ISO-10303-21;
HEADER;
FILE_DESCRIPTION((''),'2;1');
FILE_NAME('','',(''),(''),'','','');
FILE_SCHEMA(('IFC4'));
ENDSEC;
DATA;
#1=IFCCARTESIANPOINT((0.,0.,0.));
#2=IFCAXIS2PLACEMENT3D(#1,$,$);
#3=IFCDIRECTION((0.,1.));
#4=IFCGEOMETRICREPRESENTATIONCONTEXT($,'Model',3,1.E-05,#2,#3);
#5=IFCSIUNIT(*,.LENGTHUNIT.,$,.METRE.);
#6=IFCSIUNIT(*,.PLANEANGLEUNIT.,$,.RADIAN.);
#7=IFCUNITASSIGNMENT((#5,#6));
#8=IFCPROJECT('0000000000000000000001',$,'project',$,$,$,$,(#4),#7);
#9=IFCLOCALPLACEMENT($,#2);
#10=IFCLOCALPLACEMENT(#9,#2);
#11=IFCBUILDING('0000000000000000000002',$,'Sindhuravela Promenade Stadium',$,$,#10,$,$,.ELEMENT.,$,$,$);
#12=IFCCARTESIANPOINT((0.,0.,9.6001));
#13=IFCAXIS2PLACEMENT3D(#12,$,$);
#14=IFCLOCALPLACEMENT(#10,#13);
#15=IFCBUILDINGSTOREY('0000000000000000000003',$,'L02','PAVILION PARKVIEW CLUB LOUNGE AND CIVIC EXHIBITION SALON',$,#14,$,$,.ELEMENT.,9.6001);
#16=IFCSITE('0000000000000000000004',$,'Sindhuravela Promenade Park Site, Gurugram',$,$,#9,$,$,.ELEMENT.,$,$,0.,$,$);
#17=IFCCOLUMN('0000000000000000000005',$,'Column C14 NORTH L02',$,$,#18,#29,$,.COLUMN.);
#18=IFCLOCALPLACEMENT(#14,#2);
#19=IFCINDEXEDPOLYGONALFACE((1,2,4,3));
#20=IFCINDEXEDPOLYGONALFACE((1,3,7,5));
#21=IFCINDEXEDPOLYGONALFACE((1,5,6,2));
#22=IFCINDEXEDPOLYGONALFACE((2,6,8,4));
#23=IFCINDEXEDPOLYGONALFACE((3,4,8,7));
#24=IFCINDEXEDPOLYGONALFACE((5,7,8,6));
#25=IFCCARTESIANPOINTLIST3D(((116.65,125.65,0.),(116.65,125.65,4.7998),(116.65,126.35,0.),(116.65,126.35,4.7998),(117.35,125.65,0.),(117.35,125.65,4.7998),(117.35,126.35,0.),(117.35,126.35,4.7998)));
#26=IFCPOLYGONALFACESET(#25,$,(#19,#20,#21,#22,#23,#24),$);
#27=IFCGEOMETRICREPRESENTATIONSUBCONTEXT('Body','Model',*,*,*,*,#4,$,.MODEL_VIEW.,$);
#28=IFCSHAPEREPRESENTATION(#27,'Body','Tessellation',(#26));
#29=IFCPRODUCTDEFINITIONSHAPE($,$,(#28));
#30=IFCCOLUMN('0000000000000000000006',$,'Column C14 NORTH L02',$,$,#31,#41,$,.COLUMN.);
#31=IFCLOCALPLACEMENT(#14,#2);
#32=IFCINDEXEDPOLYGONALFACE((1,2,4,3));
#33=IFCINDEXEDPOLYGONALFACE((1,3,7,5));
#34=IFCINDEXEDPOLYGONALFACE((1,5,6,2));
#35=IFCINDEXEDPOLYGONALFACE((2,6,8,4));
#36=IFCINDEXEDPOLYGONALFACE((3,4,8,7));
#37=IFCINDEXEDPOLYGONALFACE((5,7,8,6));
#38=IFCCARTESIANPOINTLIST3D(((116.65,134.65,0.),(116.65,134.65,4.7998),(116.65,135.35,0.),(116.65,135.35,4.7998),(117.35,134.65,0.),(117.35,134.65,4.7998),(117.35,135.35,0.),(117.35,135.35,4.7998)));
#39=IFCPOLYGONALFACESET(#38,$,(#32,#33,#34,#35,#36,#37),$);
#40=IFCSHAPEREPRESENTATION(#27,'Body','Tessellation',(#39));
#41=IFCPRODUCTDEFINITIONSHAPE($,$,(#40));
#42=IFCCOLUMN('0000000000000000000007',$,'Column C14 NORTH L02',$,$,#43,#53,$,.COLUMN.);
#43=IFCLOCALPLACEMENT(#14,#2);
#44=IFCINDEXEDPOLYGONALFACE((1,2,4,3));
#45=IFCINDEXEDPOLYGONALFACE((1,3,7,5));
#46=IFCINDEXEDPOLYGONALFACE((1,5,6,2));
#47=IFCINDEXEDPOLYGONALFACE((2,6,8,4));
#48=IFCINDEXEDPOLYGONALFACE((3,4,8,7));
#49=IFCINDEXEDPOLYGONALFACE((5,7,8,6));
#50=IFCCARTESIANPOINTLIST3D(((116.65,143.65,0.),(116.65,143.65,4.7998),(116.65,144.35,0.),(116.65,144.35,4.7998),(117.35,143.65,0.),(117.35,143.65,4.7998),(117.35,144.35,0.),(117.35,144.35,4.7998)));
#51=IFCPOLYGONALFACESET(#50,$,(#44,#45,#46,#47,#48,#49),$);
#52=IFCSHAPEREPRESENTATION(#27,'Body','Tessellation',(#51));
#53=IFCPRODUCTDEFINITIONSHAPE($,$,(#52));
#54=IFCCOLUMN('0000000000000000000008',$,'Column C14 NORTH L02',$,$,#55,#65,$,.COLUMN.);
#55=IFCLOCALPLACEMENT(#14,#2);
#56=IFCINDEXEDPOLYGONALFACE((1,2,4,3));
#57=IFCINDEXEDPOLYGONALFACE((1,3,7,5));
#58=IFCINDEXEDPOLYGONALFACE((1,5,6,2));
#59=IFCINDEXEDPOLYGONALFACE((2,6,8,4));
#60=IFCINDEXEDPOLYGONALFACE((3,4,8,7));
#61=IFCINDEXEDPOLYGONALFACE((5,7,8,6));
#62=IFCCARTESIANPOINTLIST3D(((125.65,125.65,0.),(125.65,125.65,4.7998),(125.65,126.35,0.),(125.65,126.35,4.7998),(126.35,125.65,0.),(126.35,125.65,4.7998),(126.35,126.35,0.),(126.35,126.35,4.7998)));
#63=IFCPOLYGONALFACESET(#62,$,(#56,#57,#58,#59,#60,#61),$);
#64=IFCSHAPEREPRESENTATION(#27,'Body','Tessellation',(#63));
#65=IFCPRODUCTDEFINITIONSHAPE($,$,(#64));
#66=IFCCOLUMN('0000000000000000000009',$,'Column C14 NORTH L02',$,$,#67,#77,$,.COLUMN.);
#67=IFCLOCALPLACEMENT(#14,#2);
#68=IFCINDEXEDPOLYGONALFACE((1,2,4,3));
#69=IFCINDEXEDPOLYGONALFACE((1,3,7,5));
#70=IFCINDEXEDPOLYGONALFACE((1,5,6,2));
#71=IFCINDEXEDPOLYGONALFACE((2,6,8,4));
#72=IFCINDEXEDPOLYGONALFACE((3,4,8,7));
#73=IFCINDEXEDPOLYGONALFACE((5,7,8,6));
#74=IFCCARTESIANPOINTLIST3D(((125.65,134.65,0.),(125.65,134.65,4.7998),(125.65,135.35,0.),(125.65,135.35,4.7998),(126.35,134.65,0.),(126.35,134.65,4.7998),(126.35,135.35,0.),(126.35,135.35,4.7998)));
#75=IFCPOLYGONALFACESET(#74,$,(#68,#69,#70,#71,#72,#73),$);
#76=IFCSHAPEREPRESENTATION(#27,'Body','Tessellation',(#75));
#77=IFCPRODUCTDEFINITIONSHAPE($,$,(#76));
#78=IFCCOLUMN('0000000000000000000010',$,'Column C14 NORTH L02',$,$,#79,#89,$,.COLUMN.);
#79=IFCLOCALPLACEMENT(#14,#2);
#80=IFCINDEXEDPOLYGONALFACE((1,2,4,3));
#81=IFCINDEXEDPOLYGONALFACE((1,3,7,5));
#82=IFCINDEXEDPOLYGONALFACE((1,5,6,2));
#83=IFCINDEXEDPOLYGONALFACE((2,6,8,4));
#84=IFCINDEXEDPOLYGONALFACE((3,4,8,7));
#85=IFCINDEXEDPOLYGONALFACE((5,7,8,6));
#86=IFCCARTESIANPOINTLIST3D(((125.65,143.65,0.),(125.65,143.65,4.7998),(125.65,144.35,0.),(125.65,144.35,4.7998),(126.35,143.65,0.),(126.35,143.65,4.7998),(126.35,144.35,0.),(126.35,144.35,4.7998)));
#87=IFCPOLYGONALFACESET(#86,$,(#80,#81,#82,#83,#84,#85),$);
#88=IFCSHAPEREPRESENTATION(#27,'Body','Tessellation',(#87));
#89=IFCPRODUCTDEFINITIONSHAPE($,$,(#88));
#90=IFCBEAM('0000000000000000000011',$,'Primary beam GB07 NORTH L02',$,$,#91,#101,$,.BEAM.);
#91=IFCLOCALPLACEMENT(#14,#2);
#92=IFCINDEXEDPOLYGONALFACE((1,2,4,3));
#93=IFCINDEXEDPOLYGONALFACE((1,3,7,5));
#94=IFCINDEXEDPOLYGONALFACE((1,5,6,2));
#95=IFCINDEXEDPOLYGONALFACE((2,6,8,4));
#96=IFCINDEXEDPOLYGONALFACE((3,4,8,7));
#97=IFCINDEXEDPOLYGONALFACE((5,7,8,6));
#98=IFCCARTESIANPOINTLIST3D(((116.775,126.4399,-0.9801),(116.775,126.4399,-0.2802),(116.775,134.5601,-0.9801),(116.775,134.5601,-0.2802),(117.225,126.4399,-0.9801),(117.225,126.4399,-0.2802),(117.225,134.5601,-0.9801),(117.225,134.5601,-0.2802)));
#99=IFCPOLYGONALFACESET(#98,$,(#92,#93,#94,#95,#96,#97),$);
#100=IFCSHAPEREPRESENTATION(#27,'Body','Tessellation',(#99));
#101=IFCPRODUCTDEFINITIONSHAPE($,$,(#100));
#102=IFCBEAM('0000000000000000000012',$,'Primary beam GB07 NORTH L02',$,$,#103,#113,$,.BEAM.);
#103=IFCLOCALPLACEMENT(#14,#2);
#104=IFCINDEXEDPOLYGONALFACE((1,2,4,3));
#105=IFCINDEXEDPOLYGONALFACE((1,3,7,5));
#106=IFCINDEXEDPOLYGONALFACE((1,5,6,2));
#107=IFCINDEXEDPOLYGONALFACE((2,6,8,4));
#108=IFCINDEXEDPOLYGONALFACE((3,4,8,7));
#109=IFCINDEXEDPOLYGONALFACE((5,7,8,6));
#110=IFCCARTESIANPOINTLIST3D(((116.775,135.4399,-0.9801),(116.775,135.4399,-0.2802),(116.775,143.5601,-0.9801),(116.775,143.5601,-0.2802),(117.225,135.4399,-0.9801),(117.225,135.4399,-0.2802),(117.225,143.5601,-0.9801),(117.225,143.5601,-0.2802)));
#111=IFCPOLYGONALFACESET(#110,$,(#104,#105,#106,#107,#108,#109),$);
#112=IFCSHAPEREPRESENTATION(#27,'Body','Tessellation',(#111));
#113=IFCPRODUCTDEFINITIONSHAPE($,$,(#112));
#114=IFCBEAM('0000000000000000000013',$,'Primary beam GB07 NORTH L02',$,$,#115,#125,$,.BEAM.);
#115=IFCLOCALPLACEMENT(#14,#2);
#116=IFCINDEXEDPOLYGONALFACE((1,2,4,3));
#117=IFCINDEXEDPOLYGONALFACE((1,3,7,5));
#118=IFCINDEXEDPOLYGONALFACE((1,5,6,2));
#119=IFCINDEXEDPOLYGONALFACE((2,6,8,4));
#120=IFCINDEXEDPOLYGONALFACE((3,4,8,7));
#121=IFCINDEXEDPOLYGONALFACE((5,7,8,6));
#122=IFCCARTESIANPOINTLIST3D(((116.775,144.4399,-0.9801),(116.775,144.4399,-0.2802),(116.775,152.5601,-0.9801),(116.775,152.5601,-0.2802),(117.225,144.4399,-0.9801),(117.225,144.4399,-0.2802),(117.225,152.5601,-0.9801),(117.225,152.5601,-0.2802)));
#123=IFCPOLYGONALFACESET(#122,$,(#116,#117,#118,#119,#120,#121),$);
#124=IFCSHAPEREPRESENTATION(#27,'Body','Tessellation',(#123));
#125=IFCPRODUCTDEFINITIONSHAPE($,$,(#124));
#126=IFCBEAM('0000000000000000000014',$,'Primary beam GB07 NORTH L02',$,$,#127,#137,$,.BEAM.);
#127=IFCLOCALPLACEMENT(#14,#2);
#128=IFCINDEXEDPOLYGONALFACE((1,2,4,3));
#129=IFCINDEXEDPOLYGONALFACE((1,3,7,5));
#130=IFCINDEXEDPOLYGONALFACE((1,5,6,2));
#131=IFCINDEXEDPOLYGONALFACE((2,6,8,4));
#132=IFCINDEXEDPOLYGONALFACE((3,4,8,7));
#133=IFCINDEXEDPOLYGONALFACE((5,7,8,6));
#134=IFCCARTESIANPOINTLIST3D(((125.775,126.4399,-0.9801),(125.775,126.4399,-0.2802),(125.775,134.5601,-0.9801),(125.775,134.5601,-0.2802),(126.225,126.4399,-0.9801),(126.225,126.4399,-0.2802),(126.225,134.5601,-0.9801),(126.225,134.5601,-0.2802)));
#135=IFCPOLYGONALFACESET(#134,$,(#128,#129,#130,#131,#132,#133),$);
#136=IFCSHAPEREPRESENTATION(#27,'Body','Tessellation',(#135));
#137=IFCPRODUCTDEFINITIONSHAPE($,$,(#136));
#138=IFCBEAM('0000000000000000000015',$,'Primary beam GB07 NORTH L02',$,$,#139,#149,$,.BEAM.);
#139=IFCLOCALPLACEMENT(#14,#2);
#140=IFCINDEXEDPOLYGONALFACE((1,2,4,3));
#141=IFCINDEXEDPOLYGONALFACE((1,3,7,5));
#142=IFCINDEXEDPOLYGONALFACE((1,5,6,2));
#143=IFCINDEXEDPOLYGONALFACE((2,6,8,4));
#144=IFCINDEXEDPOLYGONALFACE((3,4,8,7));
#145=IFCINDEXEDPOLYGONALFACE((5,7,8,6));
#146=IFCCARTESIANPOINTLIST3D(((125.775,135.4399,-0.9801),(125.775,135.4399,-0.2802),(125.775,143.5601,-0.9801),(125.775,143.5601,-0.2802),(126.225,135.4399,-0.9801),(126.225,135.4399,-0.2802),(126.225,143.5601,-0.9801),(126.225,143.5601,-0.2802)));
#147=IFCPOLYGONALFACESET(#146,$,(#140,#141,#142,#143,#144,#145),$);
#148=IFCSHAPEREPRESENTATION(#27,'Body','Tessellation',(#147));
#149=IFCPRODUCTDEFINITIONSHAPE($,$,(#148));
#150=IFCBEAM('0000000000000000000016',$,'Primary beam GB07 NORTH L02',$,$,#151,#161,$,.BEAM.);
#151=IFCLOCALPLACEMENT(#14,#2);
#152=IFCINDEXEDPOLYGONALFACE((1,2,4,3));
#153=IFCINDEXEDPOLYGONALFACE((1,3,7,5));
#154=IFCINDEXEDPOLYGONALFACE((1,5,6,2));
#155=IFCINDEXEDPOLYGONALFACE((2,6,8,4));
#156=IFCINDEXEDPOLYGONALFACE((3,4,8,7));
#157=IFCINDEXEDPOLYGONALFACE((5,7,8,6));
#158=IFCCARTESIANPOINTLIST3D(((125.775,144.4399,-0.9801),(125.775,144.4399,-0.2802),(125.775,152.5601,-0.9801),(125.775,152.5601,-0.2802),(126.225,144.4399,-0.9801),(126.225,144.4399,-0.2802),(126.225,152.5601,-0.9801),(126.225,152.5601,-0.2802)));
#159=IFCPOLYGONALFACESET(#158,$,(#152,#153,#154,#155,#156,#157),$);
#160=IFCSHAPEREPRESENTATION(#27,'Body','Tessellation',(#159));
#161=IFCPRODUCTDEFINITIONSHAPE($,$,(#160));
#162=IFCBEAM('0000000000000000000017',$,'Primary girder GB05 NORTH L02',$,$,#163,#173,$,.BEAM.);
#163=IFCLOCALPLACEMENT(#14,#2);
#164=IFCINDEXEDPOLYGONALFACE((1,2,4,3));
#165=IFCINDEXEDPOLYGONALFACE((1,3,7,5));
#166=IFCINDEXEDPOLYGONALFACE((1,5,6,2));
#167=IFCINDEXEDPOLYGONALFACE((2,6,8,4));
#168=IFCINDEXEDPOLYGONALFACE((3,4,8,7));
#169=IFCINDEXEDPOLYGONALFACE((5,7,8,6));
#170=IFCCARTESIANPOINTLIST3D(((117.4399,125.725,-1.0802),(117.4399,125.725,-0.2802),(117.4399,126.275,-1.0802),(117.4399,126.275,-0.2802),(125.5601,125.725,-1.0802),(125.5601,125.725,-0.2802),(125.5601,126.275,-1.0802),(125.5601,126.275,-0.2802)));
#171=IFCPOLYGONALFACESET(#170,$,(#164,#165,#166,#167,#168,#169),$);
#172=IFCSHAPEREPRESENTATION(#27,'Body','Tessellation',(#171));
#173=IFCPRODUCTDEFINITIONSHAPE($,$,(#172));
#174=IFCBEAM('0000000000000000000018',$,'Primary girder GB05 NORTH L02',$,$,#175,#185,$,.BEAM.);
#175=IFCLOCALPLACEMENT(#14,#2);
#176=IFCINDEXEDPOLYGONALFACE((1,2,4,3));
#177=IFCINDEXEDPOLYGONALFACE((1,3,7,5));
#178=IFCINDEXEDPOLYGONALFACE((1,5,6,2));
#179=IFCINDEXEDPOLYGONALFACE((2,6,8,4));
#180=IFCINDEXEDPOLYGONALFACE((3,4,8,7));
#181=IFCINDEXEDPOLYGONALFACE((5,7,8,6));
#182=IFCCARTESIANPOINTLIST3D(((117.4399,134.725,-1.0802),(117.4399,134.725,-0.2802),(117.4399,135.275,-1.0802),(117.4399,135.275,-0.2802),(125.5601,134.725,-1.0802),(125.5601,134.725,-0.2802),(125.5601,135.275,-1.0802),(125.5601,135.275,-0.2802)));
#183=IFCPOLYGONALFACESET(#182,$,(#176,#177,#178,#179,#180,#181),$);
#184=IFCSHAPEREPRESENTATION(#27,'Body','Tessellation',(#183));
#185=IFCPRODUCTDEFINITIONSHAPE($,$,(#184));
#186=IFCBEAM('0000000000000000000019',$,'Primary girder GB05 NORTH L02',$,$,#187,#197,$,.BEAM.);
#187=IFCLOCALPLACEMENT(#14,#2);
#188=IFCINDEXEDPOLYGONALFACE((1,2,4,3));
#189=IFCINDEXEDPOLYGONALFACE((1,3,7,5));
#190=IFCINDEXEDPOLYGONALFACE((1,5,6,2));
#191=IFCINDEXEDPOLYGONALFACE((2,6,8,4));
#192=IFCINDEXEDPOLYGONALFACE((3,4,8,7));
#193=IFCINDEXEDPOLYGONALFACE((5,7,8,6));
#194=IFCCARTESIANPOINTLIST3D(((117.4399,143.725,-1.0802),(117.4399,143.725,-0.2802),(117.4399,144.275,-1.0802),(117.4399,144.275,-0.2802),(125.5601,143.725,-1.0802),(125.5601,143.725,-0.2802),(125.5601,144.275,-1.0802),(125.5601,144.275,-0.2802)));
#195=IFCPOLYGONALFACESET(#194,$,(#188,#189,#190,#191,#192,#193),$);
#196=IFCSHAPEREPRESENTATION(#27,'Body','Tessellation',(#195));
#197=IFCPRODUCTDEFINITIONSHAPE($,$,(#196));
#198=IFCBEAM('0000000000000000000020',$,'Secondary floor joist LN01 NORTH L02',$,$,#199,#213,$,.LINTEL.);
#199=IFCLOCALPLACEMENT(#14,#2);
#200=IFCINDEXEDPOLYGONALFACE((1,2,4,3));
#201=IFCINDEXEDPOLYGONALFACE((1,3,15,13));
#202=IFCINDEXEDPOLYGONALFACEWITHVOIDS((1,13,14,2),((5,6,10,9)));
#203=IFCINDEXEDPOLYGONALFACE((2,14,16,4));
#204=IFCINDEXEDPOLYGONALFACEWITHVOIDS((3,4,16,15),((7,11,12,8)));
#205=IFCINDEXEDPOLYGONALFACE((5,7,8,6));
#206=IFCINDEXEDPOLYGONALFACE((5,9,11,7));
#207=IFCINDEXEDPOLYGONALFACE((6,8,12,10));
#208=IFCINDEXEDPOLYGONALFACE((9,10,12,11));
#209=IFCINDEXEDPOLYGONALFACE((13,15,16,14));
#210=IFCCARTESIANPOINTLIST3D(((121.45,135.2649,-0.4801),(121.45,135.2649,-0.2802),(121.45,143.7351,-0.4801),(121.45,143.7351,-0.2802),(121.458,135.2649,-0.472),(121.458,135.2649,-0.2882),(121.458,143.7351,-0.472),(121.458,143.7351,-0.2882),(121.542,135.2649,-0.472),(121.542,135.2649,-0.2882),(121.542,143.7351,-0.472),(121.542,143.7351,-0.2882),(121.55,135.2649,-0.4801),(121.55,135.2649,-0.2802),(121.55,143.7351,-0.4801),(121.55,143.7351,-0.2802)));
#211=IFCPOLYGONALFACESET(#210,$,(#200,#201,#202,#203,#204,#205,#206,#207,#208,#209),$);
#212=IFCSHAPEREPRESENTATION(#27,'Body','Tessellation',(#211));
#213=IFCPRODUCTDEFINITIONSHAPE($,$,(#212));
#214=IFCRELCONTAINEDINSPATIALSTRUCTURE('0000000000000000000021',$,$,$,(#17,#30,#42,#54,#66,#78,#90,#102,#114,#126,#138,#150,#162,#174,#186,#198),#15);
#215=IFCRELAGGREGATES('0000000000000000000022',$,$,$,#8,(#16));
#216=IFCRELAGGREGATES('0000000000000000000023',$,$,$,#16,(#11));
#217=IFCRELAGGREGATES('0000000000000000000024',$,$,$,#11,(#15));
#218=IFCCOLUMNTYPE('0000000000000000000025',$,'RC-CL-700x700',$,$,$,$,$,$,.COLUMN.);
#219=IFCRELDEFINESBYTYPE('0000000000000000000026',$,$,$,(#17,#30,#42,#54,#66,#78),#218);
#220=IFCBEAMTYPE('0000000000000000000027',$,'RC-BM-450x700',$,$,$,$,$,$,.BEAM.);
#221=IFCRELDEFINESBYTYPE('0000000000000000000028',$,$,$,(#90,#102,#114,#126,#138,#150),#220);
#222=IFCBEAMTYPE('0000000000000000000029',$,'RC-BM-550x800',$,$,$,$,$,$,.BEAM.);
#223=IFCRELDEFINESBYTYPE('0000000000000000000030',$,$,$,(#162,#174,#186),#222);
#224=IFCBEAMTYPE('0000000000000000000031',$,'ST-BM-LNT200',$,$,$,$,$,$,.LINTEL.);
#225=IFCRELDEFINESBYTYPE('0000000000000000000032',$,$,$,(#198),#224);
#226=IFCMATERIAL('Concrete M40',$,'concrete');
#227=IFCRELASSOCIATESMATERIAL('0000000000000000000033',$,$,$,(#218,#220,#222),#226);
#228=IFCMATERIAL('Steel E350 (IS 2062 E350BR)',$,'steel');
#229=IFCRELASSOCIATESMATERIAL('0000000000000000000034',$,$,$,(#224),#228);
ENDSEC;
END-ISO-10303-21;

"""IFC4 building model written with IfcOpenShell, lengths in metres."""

from ifc_helpers import new_model, si_unit, direction, frame, origin, origin_2d, place, context, subcontext, project, spatial, rectangle, hollow_rectangle, extrude, material, material_profile, profile_set, type_object, element, save


model = new_model("IFC4")

# Units and contexts
model_context = context("Model", 3, precision=1e-05, world=origin(), true_north=direction((0.0, 1.0)))
body_context = subcontext(model_context, "Body", "Model", "MODEL_VIEW")
ifc_project = project(units=[si_unit("LENGTHUNIT", "METRE"), si_unit("PLANEANGLEUNIT", "RADIAN")], contexts=[model_context])

# Site, building, storey
site_placement = place(None, origin())
site = spatial("IfcSite", under=ifc_project, at=site_placement, Name="Sindhuravela Promenade Park Site, Gurugram", CompositionType="ELEMENT", RefElevation=0.0)
building_placement = place(site_placement, origin())
building = spatial("IfcBuilding", under=site, at=building_placement, Name="Sindhuravela Promenade Stadium", CompositionType="ELEMENT")
storey_placement = place(building_placement, frame((0.0, 0.0, 9.6001)))
storey = spatial("IfcBuildingStorey", under=building, at=storey_placement, Name="L02", Description="PAVILION PARKVIEW CLUB LOUNGE AND CIVIC EXHIBITION SALON", CompositionType="ELEMENT", Elevation=9.6001)

# Columns
ifc_material_1 = material(Name="Concrete M40", Category="concrete")
ifc_material_profile_1 = material_profile(ifc_material_1, rectangle(XDim=0.7, YDim=0.7, at=origin_2d()), Name="RC 700x700")
ifc_profile_set_1 = profile_set([ifc_material_profile_1], Name="Concrete M40")
column_type = type_object("IfcColumnType", Name="RC-CL-700x700", PredefinedType="COLUMN", material=ifc_profile_set_1)
for number, where, z_axis, x_axis, name in (
    (1, (117.0, 126.0, 0.0), (0.0, 0.0, 1.0), (1.0, 0.0, 0.0), "Column C14 NORTH L02"),
    (2, (117.0, 135.0, 0.0), (0.0, 0.0, 1.0), (1.0, 0.0, 0.0), "Column C14 NORTH L02"),
    (3, (117.0, 144.0, 0.0), (0.0, 0.0, 1.0), (1.0, 0.0, 0.0), "Column C14 NORTH L02"),
    (4, (126.0, 126.0, 0.0), (0.0, 0.0, 1.0), (1.0, 0.0, 0.0), "Column C14 NORTH L02"),
    (5, (126.0, 135.0, 0.0), (0.0, 0.0, 1.0), (1.0, 0.0, 0.0), "Column C14 NORTH L02"),
    (6, (126.0, 144.0, 0.0), (0.0, 0.0, 1.0), (1.0, 0.0, 0.0), "Column C14 NORTH L02"),
):
    element("IfcColumn", number, at=place(storey_placement, frame(where, z_axis=z_axis, x_axis=x_axis)), inside=storey, type_object=column_type, Name=name, PredefinedType="COLUMN", context=body_context, shape_type="SweptSolid", body=[
        extrude(rectangle(XDim=0.7, YDim=0.7, at=origin_2d()), origin(), (0.0, 0.0, 1.0), 4.7998),
    ])

# Beams
ifc_material_profile_2 = material_profile(ifc_material_1, rectangle(XDim=0.45, YDim=0.7, at=origin_2d()), Name="RC 450x700")
ifc_profile_set_2 = profile_set([ifc_material_profile_2], Name="Concrete M40")
beam_type_1 = type_object("IfcBeamType", Name="RC-BM-450x700", PredefinedType="BEAM", material=ifc_profile_set_2)
for number, where, z_axis, x_axis, name in (
    (7, (117.0, 126.4399, -0.6301), (0.0, 1.0, 0.0), (-1.0, 0.0, 0.0), "Primary beam GB07 NORTH L02"),
    (8, (117.0, 135.4399, -0.6301), (0.0, 1.0, 0.0), (-1.0, 0.0, 0.0), "Primary beam GB07 NORTH L02"),
    (9, (117.0, 144.4399, -0.6301), (0.0, 1.0, 0.0), (-1.0, 0.0, 0.0), "Primary beam GB07 NORTH L02"),
    (10, (126.0, 126.4399, -0.6301), (0.0, 1.0, 0.0), (-1.0, 0.0, 0.0), "Primary beam GB07 NORTH L02"),
    (11, (126.0, 135.4399, -0.6301), (0.0, 1.0, 0.0), (-1.0, 0.0, 0.0), "Primary beam GB07 NORTH L02"),
    (12, (126.0, 144.4399, -0.6301), (0.0, 1.0, 0.0), (-1.0, 0.0, 0.0), "Primary beam GB07 NORTH L02"),
):
    element("IfcBeam", number, at=place(storey_placement, frame(where, z_axis=z_axis, x_axis=x_axis)), inside=storey, type_object=beam_type_1, Name=name, PredefinedType="BEAM", context=body_context, shape_type="SweptSolid", body=[
        extrude(rectangle(XDim=0.45, YDim=0.7, at=origin_2d()), origin(), (0.0, 0.0, 1.0), 8.1201),
    ])
ifc_material_profile_3 = material_profile(ifc_material_1, rectangle(XDim=0.55, YDim=0.8, at=origin_2d()), Name="RC 550x800")
ifc_profile_set_3 = profile_set([ifc_material_profile_3], Name="Concrete M40")
beam_type_2 = type_object("IfcBeamType", Name="RC-BM-550x800", PredefinedType="BEAM", material=ifc_profile_set_3)
for number, where, z_axis, x_axis, name in (
    (13, (117.4399, 126.0, -0.6802), (1.0, 0.0, 0.0), (0.0, 1.0, 0.0), "Primary girder GB05 NORTH L02"),
    (14, (117.4399, 135.0, -0.6802), (1.0, 0.0, 0.0), (0.0, 1.0, 0.0), "Primary girder GB05 NORTH L02"),
    (15, (117.4399, 144.0, -0.6802), (1.0, 0.0, 0.0), (0.0, 1.0, 0.0), "Primary girder GB05 NORTH L02"),
):
    element("IfcBeam", number, at=place(storey_placement, frame(where, z_axis=z_axis, x_axis=x_axis)), inside=storey, type_object=beam_type_2, Name=name, PredefinedType="BEAM", context=body_context, shape_type="SweptSolid", body=[
        extrude(rectangle(XDim=0.55, YDim=0.8, at=origin_2d()), origin(), (0.0, 0.0, 1.0), 8.1201),
    ])
ifc_material_2 = material(Name="Steel E350 (IS 2062 E350BR)", Category="steel")
ifc_material_profile_4 = material_profile(ifc_material_2, hollow_rectangle(XDim=0.1001, YDim=0.2, WallThickness=0.0081, at=origin_2d()), Name="RHS 200x100x8")
ifc_profile_set_4 = profile_set([ifc_material_profile_4], Name="Steel E350 (IS 2062 E350BR)")
beam_type_3 = type_object("IfcBeamType", Name="ST-BM-LNT200", PredefinedType="LINTEL", material=ifc_profile_set_4)
beam_1_placement = place(storey_placement, frame((121.5, 135.2649, -0.3801), z_axis=(0.0, 1.0, 0.0), x_axis=(-1.0, 0.0, 0.0)))
element("IfcBeam", 16, at=beam_1_placement, inside=storey, type_object=beam_type_3, Name="Secondary floor joist LN01 NORTH L02", PredefinedType="LINTEL", context=body_context, shape_type="SweptSolid", body=[
    extrude(hollow_rectangle(XDim=0.1001, YDim=0.2, WallThickness=0.0081, at=origin_2d()), origin(), (0.0, 0.0, 1.0), 8.4702),
])

save(model, "model.ifc")
